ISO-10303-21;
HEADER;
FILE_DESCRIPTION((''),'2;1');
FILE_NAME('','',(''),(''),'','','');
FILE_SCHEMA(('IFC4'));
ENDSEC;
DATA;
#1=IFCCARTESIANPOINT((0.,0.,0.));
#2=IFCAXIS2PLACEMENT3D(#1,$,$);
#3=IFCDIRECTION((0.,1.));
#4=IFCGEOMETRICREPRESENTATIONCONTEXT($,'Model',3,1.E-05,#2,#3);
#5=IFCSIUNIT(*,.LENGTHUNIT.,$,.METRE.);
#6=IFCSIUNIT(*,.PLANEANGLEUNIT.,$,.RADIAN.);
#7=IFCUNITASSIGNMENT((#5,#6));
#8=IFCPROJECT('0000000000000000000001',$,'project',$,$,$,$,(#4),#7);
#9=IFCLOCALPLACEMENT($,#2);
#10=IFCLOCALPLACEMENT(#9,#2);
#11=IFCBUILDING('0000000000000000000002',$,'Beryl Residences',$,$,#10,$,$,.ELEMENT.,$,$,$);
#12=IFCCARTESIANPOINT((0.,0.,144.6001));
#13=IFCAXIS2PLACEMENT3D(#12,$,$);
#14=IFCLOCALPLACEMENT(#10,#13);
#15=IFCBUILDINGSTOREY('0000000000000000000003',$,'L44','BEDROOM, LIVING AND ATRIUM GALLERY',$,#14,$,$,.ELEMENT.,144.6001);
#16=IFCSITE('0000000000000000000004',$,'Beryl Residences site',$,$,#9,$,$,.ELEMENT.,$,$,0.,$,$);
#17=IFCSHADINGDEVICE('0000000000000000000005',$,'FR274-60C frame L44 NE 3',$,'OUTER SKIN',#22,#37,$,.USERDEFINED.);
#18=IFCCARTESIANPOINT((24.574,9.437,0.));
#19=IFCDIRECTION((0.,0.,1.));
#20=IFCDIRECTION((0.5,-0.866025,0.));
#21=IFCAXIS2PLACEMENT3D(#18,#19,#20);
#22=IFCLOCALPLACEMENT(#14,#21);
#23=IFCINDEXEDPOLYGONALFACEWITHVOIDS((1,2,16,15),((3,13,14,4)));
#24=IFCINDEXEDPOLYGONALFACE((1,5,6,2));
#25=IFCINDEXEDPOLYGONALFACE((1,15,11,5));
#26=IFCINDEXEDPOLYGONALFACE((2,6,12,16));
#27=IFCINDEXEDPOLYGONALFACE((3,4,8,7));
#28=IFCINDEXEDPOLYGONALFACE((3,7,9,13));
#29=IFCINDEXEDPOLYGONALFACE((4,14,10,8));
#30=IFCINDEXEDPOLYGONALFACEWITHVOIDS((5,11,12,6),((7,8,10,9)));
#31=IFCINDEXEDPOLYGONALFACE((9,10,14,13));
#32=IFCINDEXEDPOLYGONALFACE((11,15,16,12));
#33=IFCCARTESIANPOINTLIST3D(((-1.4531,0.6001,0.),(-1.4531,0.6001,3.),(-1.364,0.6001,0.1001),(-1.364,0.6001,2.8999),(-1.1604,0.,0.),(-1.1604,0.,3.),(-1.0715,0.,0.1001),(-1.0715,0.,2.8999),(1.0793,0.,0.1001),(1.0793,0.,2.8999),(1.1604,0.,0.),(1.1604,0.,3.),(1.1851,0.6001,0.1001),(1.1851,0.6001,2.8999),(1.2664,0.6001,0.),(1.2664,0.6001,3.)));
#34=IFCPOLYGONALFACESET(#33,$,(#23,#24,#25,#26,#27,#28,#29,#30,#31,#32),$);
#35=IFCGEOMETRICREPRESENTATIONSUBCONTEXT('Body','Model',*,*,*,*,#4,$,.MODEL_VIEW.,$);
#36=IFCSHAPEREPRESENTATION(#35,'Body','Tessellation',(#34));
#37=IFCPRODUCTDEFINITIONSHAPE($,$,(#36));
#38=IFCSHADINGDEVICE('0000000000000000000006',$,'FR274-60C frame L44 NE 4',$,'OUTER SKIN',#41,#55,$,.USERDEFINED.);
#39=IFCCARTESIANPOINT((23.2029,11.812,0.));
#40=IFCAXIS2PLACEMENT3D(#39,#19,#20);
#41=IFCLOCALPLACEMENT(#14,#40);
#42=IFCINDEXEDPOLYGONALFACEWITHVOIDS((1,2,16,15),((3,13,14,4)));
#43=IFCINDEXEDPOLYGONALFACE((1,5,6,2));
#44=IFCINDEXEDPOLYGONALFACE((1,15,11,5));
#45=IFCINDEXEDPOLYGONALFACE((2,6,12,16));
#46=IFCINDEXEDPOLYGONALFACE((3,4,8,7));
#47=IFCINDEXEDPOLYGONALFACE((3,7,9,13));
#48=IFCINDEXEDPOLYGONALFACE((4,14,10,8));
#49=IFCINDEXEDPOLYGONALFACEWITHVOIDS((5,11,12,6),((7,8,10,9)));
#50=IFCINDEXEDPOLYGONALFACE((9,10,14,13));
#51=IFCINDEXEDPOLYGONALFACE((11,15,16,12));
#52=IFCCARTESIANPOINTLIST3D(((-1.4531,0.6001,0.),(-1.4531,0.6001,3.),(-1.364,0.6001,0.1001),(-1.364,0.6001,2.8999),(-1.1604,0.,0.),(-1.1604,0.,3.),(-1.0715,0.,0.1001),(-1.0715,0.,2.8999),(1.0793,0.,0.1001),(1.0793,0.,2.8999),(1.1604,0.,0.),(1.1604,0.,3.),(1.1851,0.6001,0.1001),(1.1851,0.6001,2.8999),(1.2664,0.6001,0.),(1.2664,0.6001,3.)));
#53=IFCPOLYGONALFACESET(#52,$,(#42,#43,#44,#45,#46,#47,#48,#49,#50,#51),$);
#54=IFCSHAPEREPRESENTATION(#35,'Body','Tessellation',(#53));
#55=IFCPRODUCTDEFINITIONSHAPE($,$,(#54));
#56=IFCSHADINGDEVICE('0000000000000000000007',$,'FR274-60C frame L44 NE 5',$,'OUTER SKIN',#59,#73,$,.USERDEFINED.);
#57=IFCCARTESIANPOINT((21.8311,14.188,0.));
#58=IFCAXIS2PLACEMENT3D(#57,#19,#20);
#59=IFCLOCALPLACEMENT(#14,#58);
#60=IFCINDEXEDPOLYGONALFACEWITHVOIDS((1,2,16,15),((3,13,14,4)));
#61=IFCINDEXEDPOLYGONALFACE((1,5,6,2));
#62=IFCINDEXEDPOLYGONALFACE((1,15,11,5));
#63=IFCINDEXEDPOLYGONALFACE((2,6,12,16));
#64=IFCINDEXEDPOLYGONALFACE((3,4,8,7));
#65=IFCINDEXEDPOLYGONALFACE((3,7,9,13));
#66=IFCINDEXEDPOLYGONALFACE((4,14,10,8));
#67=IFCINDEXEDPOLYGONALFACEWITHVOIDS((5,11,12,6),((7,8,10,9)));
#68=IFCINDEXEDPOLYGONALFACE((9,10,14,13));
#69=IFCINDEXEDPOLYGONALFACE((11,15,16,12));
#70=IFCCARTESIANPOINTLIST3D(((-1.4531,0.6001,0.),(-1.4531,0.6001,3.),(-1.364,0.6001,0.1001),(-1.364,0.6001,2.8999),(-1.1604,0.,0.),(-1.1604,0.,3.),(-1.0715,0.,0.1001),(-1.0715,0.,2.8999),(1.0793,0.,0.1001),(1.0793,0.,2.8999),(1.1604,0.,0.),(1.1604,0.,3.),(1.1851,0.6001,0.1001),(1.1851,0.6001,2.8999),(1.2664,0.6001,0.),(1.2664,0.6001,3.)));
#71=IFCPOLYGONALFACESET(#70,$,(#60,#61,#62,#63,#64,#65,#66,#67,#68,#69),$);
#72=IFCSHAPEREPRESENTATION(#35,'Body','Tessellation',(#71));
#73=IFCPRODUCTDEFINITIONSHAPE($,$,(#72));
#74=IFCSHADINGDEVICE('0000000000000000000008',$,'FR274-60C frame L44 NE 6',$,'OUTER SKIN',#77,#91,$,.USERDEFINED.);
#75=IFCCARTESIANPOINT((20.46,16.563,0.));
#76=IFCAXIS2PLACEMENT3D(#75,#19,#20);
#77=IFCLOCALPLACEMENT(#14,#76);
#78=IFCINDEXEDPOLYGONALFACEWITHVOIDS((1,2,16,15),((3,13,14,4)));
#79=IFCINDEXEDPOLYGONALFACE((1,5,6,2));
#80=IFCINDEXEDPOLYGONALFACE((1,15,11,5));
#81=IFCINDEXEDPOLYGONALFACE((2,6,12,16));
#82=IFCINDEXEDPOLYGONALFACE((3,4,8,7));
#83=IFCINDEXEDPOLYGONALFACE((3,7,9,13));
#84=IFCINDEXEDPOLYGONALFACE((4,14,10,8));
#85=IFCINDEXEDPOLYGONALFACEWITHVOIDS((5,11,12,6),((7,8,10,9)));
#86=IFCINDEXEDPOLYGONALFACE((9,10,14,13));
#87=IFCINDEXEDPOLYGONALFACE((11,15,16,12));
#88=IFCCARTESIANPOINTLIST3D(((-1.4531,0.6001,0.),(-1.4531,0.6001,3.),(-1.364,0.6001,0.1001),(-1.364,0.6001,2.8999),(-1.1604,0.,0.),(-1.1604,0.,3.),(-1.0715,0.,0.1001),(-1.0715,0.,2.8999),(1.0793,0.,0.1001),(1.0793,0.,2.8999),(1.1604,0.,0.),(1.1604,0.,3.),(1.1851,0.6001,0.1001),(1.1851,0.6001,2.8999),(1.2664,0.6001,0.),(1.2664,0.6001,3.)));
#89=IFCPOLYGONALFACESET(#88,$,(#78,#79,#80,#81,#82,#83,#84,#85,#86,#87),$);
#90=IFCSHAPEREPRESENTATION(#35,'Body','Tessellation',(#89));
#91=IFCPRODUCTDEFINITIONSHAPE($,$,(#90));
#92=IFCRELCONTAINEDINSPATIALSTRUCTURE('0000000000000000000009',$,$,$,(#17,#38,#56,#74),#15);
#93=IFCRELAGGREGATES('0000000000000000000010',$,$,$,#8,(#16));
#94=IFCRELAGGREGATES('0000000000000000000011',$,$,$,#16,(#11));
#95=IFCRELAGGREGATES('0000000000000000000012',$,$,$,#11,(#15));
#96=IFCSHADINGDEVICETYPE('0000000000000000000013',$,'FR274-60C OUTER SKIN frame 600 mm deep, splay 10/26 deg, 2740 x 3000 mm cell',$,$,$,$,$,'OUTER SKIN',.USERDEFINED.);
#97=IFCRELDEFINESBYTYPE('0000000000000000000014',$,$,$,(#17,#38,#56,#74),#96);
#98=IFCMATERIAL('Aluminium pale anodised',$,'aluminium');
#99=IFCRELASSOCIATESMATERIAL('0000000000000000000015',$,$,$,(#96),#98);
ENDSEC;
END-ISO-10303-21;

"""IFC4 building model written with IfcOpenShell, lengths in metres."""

from ifc_helpers import new_model, entity, si_unit, direction, frame, origin, place, context, subcontext, project, spatial, source, transform, mapped, material, type_object, type_shapes, element, save


model = new_model("IFC4")

# Units and contexts
model_context = context("Model", 3, precision=1e-05, world=origin(), true_north=direction((0.0, 1.0)))
body_context = subcontext(model_context, "Body", "Model", "MODEL_VIEW")
ifc_project = project(units=[si_unit("LENGTHUNIT", "METRE"), si_unit("PLANEANGLEUNIT", "RADIAN")], contexts=[model_context])

# Site, building, storey
site_placement = place(None, origin())
site = spatial("IfcSite", under=ifc_project, at=site_placement, Name="Beryl Residences site", CompositionType="ELEMENT", RefElevation=0.0)
building_placement = place(site_placement, origin())
building = spatial("IfcBuilding", under=site, at=building_placement, Name="Beryl Residences", CompositionType="ELEMENT")
storey_placement = place(building_placement, frame((0.0, 0.0, 144.6001)))
storey = spatial("IfcBuildingStorey", under=building, at=storey_placement, Name="L44", Description="BEDROOM, LIVING AND ATRIUM GALLERY", CompositionType="ELEMENT", Elevation=144.6001)

# Shading devices
ifc_material_1 = material(Name="Aluminium pale anodised", Category="aluminium")
shading_device_type = type_object("IfcShadingDeviceType", Name="FR274-60C OUTER SKIN frame 600 mm deep, splay 10/26 deg, 2740 x 3000 mm cell", ElementType="OUTER SKIN", PredefinedType="USERDEFINED", material=ifc_material_1)
cartesian_point_1 = entity("IfcCartesianPoint", [-1.1604, 0.0])
cartesian_point_2 = entity("IfcCartesianPoint", [-1.0793, 0.1001])
cartesian_point_3 = entity("IfcCartesianPoint", [-1.2664, 0.0])
cartesian_point_4 = entity("IfcCartesianPoint", [-1.1851, 0.1001])
shared_shape_1 = source(origin(), body_context, "Body", "SweptSolid", [
    entity("IfcExtrudedAreaSolidTapered", entity("IfcArbitraryProfileDefWithVoids", "AREA", None, entity("IfcPolyline", [cartesian_point_1, entity("IfcCartesianPoint", [1.1604, 0.0]), entity("IfcCartesianPoint", [1.1604, 3.0]), entity("IfcCartesianPoint", [-1.1604, 3.0]), cartesian_point_1]), [entity("IfcPolyline", [cartesian_point_2, entity("IfcCartesianPoint", [1.0715, 0.1001]), entity("IfcCartesianPoint", [1.0715, 2.8999]), entity("IfcCartesianPoint", [-1.0793, 2.8999]), cartesian_point_2])]), entity("IfcAxis2Placement3D", entity("IfcCartesianPoint", [0.0, 0.0, 0.0]), entity("IfcDirection", [0.0, 1.0, 0.0]), entity("IfcDirection", [-1.0, 0.0, 0.0])), entity("IfcDirection", [0.0, 0.0, 1.0]), 0.6001, entity("IfcArbitraryProfileDefWithVoids", "AREA", None, entity("IfcPolyline", [cartesian_point_3, entity("IfcCartesianPoint", [1.4531, 0.0]), entity("IfcCartesianPoint", [1.4531, 3.0]), entity("IfcCartesianPoint", [-1.2664, 3.0]), cartesian_point_3]), [entity("IfcPolyline", [cartesian_point_4, entity("IfcCartesianPoint", [1.364, 0.1001]), entity("IfcCartesianPoint", [1.364, 2.8999]), entity("IfcCartesianPoint", [-1.1851, 2.8999]), cartesian_point_4])])),
])
type_shapes(shading_device_type, [shared_shape_1])
for number, where, z_axis, x_axis, name in (
    (1, (24.574, 9.437, 0.0), (0.0, 0.0, 1.0), (0.5, -0.866025, 0.0), "FR274-60C frame L44 NE 3"),
    (2, (23.2029, 11.812, 0.0), (0.0, 0.0, 1.0), (0.5, -0.866025, 0.0), "FR274-60C frame L44 NE 4"),
    (3, (21.8311, 14.188, 0.0), (0.0, 0.0, 1.0), (0.5, -0.866025, 0.0), "FR274-60C frame L44 NE 5"),
    (4, (20.46, 16.563, 0.0), (0.0, 0.0, 1.0), (0.5, -0.866025, 0.0), "FR274-60C frame L44 NE 6"),
):
    element("IfcShadingDevice", number, at=place(storey_placement, frame(where, z_axis=z_axis, x_axis=x_axis)), inside=storey, type_object=shading_device_type, Name=name, ObjectType="OUTER SKIN", PredefinedType="USERDEFINED", context=body_context, shape_type="MappedRepresentation", body=[
        mapped(shared_shape_1, transform((0.0, 0.0, 0.0))),
    ])

save(model, "model.ifc")
